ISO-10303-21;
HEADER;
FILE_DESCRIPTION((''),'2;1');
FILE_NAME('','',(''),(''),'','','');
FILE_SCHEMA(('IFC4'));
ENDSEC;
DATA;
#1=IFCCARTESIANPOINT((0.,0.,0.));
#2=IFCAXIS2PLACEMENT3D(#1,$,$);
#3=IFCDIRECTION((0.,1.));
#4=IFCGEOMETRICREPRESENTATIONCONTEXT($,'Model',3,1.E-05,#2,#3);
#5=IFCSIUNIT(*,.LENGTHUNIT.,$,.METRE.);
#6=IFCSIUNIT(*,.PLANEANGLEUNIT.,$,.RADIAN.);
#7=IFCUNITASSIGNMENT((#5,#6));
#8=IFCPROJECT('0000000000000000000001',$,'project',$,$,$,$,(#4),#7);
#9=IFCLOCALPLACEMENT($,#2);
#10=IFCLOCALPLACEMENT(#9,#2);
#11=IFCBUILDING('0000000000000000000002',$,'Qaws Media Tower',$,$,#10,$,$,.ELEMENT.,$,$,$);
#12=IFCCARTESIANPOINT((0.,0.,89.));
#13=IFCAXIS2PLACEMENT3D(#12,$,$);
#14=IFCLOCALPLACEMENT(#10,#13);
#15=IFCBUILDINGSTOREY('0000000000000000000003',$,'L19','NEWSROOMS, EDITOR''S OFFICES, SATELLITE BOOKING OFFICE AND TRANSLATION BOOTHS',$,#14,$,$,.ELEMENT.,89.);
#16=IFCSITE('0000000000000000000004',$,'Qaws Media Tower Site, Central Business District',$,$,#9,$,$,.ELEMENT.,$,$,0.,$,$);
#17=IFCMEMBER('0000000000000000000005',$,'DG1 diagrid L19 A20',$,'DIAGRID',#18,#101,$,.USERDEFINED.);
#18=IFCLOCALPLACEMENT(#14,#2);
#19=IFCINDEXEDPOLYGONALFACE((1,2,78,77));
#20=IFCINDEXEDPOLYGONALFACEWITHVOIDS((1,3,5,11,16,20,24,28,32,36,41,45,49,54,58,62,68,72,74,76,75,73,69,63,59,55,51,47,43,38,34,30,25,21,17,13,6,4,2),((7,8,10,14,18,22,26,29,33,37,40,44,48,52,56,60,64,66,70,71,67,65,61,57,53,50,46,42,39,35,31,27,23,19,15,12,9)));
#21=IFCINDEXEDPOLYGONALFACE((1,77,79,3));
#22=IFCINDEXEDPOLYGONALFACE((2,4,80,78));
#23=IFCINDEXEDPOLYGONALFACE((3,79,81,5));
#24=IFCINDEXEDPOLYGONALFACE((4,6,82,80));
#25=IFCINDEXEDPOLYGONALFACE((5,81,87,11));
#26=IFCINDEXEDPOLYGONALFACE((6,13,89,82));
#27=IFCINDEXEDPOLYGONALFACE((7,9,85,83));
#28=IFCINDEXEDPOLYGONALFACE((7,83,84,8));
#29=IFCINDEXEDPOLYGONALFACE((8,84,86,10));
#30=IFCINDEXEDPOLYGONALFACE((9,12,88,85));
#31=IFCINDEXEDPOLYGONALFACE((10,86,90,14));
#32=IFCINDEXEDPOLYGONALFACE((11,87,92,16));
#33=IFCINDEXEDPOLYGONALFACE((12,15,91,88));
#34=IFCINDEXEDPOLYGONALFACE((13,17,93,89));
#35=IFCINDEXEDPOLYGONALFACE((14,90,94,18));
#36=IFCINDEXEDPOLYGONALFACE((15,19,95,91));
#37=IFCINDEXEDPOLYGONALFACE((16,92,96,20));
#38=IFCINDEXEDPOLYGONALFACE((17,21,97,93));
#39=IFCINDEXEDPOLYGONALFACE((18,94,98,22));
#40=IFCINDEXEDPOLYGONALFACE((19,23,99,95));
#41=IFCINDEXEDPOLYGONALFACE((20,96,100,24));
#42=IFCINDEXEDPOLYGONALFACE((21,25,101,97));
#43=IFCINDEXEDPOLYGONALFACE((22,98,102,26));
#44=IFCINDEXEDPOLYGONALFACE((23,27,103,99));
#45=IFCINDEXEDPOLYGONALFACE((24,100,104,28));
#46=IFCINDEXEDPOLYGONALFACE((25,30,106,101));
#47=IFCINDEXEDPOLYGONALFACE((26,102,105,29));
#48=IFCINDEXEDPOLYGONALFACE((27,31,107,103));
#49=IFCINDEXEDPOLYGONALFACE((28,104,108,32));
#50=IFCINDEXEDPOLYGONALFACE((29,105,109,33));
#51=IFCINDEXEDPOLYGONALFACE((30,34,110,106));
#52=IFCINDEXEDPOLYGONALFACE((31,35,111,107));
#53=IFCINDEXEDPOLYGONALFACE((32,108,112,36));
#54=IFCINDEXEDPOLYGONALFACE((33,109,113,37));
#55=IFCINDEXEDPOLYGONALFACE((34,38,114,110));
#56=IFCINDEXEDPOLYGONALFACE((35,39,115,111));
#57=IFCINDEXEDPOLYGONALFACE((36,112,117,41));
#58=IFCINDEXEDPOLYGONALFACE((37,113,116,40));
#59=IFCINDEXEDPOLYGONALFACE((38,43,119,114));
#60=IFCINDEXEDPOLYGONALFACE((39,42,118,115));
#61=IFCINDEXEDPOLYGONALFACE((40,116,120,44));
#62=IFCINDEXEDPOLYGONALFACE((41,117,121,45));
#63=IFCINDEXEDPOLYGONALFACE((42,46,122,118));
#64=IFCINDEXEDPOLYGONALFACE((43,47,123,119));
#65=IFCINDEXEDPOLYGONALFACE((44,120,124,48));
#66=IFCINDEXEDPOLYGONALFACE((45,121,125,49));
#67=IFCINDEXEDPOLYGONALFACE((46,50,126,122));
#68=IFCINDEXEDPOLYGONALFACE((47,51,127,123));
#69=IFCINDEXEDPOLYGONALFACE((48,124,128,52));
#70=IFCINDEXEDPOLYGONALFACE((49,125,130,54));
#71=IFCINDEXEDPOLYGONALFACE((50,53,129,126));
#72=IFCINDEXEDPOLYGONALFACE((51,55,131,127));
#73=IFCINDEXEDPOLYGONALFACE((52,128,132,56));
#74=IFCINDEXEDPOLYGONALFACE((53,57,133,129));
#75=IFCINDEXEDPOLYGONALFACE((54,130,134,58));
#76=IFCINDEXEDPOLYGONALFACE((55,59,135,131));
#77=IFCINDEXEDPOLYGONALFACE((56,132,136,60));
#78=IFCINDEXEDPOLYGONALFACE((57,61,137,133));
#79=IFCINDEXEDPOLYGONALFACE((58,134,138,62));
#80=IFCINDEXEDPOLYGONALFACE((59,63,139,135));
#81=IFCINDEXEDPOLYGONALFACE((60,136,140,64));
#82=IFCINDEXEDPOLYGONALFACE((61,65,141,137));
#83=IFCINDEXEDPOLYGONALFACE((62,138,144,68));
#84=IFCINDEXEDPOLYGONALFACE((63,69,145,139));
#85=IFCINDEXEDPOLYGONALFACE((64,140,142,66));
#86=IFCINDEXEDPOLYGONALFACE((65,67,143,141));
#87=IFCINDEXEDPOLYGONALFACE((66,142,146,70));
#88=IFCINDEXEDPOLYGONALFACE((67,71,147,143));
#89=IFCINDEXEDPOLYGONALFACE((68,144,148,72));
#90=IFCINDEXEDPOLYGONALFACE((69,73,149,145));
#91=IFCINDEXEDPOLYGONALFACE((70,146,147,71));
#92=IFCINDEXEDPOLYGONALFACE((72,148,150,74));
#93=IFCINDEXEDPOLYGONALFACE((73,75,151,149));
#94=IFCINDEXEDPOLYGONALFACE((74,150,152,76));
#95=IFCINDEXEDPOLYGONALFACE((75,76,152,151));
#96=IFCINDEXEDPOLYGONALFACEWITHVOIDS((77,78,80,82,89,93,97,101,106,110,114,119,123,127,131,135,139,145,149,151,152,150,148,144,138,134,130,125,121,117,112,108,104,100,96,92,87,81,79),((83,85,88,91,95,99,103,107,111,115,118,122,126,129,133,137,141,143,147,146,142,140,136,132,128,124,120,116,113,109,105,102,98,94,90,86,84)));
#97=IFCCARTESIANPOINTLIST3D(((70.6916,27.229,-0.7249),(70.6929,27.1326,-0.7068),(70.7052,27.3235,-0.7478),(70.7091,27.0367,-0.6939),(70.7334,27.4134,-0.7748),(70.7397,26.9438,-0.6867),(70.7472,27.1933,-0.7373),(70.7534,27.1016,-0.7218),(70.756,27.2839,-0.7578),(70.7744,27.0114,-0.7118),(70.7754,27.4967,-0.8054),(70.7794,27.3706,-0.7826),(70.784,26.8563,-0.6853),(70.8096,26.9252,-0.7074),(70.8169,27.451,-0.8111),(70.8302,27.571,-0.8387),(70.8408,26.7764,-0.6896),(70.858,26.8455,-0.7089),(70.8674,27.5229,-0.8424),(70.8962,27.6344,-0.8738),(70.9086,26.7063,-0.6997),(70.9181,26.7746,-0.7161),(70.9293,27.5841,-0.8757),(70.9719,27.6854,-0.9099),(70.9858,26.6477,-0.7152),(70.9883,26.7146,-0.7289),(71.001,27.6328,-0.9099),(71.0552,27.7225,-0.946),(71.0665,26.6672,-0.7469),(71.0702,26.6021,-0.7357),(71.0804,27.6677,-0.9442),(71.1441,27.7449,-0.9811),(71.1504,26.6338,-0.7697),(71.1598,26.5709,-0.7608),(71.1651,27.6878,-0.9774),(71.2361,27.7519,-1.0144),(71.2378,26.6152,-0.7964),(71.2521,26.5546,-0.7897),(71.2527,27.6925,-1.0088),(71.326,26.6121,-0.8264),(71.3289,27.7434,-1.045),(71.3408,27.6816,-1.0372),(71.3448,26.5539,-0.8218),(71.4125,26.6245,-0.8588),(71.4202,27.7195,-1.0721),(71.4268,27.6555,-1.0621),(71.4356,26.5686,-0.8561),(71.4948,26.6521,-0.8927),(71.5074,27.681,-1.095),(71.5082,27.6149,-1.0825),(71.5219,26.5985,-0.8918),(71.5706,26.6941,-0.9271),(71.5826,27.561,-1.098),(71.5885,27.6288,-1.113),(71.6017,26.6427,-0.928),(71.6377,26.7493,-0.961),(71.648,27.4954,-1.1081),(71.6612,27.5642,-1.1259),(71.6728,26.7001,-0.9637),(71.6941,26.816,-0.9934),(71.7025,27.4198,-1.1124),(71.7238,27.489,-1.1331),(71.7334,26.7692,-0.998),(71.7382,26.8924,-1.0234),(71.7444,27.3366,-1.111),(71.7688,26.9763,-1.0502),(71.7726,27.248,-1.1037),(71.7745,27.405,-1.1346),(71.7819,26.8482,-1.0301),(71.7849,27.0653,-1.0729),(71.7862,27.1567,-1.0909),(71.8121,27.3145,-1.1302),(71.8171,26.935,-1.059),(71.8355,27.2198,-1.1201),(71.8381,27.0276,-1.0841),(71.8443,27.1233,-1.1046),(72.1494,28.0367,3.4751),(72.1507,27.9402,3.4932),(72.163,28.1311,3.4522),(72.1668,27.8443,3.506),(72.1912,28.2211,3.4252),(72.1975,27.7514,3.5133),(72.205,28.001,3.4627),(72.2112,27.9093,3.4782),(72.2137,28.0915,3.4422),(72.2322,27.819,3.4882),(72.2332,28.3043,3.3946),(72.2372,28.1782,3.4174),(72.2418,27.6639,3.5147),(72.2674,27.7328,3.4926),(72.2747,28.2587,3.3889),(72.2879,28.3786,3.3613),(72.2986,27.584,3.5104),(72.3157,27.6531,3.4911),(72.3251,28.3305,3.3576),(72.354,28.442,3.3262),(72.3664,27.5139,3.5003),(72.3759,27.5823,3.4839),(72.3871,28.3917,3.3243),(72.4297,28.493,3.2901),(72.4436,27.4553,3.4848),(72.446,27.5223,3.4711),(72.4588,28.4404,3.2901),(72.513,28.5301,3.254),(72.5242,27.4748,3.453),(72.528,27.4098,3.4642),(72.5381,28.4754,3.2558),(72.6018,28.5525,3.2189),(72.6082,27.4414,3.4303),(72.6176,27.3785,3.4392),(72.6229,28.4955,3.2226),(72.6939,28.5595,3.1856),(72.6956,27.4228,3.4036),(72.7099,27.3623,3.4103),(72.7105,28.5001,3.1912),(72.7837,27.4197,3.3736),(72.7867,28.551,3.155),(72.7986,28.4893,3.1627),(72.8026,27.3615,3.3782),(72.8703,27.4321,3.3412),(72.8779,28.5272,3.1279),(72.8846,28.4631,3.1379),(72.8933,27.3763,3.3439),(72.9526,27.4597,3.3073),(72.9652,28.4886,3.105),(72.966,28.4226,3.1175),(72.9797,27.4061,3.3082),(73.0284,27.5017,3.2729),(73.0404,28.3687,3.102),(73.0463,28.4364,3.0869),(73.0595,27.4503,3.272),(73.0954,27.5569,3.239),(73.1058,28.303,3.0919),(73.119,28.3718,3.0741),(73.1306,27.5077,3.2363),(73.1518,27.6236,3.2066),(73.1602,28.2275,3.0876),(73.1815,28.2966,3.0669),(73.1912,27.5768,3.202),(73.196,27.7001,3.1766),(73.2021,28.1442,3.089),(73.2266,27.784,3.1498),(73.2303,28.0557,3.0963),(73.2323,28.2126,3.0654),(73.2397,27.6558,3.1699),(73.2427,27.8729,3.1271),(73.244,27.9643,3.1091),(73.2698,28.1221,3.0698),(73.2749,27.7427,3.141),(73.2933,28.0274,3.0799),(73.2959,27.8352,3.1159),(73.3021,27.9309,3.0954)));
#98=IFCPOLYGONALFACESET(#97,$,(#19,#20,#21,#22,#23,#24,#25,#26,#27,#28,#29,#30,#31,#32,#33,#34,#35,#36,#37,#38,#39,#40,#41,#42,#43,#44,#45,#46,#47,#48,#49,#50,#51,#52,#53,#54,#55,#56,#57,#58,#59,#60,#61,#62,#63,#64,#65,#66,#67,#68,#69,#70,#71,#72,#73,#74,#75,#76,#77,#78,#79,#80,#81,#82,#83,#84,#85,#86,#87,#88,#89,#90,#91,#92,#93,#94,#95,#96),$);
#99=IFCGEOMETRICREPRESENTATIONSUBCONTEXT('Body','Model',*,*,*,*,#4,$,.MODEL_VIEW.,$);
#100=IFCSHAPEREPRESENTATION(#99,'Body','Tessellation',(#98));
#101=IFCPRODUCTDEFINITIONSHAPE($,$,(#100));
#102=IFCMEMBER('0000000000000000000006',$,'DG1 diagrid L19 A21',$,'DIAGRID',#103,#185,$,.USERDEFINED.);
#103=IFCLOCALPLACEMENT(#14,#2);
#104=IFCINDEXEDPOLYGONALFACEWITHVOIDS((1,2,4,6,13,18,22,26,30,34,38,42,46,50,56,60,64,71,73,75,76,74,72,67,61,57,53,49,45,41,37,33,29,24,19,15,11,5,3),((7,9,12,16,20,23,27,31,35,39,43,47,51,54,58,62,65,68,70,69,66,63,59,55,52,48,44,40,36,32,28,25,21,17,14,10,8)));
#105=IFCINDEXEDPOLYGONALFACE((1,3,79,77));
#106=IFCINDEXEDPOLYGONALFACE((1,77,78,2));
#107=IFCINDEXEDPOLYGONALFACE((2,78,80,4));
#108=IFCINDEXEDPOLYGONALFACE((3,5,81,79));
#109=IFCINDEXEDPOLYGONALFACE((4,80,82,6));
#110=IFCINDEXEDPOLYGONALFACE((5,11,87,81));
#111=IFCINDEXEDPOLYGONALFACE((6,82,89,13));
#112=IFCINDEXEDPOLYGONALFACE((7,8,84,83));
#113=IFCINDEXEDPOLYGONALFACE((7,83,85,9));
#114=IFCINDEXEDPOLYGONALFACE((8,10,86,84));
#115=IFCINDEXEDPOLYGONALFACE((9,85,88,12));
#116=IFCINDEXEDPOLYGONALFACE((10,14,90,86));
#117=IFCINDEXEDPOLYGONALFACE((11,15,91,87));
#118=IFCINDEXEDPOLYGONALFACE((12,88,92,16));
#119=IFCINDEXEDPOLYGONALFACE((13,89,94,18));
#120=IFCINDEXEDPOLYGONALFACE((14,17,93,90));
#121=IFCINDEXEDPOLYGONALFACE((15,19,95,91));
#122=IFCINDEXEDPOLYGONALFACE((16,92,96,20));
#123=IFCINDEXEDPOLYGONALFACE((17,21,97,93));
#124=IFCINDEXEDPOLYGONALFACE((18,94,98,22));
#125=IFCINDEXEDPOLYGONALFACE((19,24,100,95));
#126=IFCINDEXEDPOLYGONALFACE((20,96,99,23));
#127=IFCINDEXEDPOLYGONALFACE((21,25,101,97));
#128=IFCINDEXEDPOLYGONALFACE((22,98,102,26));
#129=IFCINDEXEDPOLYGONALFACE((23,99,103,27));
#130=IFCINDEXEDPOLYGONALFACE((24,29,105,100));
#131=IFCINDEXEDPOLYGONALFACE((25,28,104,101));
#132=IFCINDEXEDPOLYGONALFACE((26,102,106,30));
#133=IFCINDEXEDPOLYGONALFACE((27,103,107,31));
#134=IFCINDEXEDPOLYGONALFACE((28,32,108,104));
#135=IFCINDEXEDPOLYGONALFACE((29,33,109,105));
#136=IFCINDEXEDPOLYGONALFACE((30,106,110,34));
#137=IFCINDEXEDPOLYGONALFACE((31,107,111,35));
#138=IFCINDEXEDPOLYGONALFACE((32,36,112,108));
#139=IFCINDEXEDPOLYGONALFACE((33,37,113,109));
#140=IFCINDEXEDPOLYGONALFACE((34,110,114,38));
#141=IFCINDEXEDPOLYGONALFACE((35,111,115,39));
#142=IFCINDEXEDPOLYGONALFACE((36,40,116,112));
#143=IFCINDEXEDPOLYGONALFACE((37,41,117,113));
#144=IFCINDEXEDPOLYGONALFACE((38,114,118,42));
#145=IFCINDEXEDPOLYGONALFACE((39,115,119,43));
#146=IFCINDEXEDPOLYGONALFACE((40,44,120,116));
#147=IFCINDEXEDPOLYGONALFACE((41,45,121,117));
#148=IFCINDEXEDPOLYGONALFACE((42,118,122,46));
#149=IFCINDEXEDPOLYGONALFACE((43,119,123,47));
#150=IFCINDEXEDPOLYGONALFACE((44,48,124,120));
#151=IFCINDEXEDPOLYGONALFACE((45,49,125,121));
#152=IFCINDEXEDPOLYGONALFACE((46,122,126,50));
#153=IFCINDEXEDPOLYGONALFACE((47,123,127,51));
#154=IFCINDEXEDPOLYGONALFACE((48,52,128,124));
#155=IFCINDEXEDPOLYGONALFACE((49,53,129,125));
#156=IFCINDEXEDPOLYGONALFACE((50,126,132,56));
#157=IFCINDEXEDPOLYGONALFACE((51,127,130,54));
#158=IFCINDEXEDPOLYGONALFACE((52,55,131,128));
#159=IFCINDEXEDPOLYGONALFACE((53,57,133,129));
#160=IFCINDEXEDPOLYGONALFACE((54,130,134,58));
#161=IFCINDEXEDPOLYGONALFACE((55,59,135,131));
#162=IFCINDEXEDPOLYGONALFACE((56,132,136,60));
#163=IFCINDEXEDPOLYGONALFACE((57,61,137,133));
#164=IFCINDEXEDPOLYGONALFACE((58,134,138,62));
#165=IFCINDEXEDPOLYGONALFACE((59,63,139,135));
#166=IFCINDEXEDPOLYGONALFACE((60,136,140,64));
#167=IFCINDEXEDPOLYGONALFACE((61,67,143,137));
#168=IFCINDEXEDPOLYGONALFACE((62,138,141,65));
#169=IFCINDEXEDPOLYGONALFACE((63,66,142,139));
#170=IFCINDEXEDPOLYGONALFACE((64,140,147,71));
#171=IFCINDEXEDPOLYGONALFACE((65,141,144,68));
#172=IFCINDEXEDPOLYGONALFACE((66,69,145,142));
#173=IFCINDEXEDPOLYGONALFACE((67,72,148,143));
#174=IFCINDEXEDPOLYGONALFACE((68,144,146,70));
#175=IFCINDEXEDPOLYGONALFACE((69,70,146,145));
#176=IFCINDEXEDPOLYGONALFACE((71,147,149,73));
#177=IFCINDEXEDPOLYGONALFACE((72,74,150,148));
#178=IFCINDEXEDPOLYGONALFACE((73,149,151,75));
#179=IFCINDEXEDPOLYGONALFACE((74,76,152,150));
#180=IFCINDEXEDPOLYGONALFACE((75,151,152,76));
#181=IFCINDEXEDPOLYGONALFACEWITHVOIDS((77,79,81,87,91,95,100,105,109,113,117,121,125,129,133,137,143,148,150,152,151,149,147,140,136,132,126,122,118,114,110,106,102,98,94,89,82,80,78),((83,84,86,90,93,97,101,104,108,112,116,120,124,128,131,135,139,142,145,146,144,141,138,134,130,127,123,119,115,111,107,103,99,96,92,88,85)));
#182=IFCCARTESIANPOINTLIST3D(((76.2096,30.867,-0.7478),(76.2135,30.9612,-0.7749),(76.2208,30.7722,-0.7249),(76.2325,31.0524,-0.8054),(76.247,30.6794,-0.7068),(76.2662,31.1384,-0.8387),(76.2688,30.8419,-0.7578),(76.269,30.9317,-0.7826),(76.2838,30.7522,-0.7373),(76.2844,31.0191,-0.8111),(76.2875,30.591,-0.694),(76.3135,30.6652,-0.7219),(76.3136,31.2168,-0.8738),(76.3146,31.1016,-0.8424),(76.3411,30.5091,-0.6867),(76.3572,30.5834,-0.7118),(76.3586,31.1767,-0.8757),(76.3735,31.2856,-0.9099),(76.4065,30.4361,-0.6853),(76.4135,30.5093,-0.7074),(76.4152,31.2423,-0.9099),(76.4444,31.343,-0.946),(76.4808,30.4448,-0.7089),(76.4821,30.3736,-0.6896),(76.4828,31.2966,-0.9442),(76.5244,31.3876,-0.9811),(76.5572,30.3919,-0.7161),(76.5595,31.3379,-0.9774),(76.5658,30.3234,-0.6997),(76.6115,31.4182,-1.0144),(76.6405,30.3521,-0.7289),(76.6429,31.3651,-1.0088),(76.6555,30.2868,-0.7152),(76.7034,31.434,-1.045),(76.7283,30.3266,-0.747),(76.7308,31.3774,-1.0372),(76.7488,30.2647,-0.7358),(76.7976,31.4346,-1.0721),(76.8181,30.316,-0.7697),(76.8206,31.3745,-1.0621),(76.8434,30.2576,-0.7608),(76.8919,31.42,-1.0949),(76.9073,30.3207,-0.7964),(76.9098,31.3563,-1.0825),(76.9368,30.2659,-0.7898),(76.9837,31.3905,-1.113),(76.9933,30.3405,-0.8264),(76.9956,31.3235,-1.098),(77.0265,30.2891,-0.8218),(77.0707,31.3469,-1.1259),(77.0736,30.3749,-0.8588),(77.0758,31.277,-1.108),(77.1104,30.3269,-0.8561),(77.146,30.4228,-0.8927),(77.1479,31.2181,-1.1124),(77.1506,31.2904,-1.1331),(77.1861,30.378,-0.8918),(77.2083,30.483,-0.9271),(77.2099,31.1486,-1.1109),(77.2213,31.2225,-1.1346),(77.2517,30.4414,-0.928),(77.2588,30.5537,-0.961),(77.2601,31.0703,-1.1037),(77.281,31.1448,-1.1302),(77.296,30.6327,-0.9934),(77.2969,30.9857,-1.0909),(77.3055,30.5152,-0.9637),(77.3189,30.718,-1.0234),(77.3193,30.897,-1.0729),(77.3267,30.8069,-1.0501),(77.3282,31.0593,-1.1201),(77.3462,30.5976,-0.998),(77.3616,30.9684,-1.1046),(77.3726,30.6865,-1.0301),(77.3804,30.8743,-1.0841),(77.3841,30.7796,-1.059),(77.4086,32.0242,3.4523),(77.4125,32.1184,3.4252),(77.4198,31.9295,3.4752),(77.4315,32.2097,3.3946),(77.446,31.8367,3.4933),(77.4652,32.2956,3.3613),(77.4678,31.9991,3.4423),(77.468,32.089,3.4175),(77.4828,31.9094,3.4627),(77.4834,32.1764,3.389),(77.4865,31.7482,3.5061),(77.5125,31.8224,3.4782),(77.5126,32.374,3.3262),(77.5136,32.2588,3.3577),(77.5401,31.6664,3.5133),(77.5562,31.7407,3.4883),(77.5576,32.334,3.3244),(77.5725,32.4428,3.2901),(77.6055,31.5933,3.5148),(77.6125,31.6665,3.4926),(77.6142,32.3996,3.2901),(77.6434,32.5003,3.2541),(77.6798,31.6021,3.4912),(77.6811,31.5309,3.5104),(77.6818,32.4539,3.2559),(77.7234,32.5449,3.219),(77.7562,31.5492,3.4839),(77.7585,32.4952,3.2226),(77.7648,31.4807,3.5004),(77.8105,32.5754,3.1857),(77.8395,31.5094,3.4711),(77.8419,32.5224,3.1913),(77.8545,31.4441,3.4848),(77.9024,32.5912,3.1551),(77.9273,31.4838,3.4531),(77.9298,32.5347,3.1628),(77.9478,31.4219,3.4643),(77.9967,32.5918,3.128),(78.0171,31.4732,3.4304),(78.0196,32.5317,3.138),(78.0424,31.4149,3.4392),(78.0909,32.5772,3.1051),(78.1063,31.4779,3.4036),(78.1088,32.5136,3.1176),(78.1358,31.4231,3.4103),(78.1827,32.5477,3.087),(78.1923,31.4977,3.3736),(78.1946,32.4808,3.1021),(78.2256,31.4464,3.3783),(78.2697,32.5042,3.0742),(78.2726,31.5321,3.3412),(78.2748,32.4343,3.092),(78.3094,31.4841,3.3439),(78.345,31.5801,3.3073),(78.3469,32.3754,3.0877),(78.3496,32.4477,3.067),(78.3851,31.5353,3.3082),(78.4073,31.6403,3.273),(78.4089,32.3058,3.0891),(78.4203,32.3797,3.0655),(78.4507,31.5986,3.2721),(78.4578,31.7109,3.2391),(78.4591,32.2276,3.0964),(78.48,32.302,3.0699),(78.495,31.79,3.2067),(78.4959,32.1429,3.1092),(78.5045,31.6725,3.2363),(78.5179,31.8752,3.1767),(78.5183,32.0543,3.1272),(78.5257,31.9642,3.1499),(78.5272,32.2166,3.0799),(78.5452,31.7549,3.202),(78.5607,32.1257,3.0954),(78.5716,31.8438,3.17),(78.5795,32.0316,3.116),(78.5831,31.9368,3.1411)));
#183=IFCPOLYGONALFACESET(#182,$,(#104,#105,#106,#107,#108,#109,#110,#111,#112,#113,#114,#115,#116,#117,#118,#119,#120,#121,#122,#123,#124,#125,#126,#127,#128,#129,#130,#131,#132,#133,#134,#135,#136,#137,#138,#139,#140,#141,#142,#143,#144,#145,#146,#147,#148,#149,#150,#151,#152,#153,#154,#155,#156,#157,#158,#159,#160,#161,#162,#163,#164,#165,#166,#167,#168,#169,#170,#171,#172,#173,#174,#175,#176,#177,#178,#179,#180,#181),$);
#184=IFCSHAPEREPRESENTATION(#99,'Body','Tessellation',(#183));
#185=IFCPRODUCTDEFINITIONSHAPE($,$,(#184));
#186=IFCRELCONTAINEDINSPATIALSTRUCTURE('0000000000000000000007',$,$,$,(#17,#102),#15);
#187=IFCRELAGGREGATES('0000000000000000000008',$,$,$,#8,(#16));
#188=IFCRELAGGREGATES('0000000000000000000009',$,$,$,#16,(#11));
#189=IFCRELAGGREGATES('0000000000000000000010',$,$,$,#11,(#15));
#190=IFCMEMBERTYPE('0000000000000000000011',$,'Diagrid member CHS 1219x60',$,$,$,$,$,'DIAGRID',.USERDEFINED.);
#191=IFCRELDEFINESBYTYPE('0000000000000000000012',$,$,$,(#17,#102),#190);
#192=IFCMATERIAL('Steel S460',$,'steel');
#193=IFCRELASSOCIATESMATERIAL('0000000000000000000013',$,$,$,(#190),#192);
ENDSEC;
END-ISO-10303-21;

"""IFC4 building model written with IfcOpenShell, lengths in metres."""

from ifc_helpers import new_model, si_unit, direction, frame, origin, origin_2d, place, context, subcontext, project, spatial, hollow_circle, extrude, material, material_profile, profile_set, type_object, element, save


model = new_model("IFC4")

# Units and contexts
model_context = context("Model", 3, precision=1e-05, world=origin(), true_north=direction((0.0, 1.0)))
body_context = subcontext(model_context, "Body", "Model", "MODEL_VIEW")
ifc_project = project(units=[si_unit("LENGTHUNIT", "METRE"), si_unit("PLANEANGLEUNIT", "RADIAN")], contexts=[model_context])

# Site, building, storey
site_placement = place(None, origin())
site = spatial("IfcSite", under=ifc_project, at=site_placement, Name="Qaws Media Tower Site, Central Business District", CompositionType="ELEMENT", RefElevation=0.0)
building_placement = place(site_placement, origin())
building = spatial("IfcBuilding", under=site, at=building_placement, Name="Qaws Media Tower", CompositionType="ELEMENT")
storey_placement = place(building_placement, frame((0.0, 0.0, 89.0)))
storey = spatial("IfcBuildingStorey", under=building, at=storey_placement, Name="L19", Description="NEWSROOMS, EDITOR'S OFFICES, SATELLITE BOOKING OFFICE AND TRANSLATION BOOTHS", CompositionType="ELEMENT", Elevation=89.0)

# Members
ifc_material_1 = material(Name="Steel S460", Category="steel")
ifc_material_profile_1 = material_profile(ifc_material_1, hollow_circle(Radius=0.6096, WallThickness=0.0601, at=origin_2d()), Name="CHS 1219x60")
ifc_profile_set_1 = profile_set([ifc_material_profile_1], Name="Steel S460")
member_type_1 = type_object("IfcMemberType", Name="Diagrid member CHS 1219x60", ElementType="DIAGRID", PredefinedType="USERDEFINED", material=ifc_profile_set_1)
for number, where, z_axis, x_axis, name in (
    (1, (71.2673, 27.1521, -0.9099), (0.322621, 0.178735, 0.9295), (-0.48461, 0.87473, 0.0), "DG1 diagrid L19 A20"),
    (2, (76.7969, 30.8469, -0.9099), (0.265351, 0.256112, 0.929513), (-0.694469, 0.719523, 0.0), "DG1 diagrid L19 A21"),
):
    element("IfcMember", number, at=place(storey_placement, frame(where, z_axis=z_axis, x_axis=x_axis)), inside=storey, type_object=member_type_1, Name=name, ObjectType="DIAGRID", PredefinedType="USERDEFINED", context=body_context, shape_type="SweptSolid", body=[
        extrude(hollow_circle(Radius=0.6096, WallThickness=0.0601, at=origin_2d()), origin(), (0.0, 0.0, 1.0), 4.5186),
    ])

save(model, "model.ifc")
